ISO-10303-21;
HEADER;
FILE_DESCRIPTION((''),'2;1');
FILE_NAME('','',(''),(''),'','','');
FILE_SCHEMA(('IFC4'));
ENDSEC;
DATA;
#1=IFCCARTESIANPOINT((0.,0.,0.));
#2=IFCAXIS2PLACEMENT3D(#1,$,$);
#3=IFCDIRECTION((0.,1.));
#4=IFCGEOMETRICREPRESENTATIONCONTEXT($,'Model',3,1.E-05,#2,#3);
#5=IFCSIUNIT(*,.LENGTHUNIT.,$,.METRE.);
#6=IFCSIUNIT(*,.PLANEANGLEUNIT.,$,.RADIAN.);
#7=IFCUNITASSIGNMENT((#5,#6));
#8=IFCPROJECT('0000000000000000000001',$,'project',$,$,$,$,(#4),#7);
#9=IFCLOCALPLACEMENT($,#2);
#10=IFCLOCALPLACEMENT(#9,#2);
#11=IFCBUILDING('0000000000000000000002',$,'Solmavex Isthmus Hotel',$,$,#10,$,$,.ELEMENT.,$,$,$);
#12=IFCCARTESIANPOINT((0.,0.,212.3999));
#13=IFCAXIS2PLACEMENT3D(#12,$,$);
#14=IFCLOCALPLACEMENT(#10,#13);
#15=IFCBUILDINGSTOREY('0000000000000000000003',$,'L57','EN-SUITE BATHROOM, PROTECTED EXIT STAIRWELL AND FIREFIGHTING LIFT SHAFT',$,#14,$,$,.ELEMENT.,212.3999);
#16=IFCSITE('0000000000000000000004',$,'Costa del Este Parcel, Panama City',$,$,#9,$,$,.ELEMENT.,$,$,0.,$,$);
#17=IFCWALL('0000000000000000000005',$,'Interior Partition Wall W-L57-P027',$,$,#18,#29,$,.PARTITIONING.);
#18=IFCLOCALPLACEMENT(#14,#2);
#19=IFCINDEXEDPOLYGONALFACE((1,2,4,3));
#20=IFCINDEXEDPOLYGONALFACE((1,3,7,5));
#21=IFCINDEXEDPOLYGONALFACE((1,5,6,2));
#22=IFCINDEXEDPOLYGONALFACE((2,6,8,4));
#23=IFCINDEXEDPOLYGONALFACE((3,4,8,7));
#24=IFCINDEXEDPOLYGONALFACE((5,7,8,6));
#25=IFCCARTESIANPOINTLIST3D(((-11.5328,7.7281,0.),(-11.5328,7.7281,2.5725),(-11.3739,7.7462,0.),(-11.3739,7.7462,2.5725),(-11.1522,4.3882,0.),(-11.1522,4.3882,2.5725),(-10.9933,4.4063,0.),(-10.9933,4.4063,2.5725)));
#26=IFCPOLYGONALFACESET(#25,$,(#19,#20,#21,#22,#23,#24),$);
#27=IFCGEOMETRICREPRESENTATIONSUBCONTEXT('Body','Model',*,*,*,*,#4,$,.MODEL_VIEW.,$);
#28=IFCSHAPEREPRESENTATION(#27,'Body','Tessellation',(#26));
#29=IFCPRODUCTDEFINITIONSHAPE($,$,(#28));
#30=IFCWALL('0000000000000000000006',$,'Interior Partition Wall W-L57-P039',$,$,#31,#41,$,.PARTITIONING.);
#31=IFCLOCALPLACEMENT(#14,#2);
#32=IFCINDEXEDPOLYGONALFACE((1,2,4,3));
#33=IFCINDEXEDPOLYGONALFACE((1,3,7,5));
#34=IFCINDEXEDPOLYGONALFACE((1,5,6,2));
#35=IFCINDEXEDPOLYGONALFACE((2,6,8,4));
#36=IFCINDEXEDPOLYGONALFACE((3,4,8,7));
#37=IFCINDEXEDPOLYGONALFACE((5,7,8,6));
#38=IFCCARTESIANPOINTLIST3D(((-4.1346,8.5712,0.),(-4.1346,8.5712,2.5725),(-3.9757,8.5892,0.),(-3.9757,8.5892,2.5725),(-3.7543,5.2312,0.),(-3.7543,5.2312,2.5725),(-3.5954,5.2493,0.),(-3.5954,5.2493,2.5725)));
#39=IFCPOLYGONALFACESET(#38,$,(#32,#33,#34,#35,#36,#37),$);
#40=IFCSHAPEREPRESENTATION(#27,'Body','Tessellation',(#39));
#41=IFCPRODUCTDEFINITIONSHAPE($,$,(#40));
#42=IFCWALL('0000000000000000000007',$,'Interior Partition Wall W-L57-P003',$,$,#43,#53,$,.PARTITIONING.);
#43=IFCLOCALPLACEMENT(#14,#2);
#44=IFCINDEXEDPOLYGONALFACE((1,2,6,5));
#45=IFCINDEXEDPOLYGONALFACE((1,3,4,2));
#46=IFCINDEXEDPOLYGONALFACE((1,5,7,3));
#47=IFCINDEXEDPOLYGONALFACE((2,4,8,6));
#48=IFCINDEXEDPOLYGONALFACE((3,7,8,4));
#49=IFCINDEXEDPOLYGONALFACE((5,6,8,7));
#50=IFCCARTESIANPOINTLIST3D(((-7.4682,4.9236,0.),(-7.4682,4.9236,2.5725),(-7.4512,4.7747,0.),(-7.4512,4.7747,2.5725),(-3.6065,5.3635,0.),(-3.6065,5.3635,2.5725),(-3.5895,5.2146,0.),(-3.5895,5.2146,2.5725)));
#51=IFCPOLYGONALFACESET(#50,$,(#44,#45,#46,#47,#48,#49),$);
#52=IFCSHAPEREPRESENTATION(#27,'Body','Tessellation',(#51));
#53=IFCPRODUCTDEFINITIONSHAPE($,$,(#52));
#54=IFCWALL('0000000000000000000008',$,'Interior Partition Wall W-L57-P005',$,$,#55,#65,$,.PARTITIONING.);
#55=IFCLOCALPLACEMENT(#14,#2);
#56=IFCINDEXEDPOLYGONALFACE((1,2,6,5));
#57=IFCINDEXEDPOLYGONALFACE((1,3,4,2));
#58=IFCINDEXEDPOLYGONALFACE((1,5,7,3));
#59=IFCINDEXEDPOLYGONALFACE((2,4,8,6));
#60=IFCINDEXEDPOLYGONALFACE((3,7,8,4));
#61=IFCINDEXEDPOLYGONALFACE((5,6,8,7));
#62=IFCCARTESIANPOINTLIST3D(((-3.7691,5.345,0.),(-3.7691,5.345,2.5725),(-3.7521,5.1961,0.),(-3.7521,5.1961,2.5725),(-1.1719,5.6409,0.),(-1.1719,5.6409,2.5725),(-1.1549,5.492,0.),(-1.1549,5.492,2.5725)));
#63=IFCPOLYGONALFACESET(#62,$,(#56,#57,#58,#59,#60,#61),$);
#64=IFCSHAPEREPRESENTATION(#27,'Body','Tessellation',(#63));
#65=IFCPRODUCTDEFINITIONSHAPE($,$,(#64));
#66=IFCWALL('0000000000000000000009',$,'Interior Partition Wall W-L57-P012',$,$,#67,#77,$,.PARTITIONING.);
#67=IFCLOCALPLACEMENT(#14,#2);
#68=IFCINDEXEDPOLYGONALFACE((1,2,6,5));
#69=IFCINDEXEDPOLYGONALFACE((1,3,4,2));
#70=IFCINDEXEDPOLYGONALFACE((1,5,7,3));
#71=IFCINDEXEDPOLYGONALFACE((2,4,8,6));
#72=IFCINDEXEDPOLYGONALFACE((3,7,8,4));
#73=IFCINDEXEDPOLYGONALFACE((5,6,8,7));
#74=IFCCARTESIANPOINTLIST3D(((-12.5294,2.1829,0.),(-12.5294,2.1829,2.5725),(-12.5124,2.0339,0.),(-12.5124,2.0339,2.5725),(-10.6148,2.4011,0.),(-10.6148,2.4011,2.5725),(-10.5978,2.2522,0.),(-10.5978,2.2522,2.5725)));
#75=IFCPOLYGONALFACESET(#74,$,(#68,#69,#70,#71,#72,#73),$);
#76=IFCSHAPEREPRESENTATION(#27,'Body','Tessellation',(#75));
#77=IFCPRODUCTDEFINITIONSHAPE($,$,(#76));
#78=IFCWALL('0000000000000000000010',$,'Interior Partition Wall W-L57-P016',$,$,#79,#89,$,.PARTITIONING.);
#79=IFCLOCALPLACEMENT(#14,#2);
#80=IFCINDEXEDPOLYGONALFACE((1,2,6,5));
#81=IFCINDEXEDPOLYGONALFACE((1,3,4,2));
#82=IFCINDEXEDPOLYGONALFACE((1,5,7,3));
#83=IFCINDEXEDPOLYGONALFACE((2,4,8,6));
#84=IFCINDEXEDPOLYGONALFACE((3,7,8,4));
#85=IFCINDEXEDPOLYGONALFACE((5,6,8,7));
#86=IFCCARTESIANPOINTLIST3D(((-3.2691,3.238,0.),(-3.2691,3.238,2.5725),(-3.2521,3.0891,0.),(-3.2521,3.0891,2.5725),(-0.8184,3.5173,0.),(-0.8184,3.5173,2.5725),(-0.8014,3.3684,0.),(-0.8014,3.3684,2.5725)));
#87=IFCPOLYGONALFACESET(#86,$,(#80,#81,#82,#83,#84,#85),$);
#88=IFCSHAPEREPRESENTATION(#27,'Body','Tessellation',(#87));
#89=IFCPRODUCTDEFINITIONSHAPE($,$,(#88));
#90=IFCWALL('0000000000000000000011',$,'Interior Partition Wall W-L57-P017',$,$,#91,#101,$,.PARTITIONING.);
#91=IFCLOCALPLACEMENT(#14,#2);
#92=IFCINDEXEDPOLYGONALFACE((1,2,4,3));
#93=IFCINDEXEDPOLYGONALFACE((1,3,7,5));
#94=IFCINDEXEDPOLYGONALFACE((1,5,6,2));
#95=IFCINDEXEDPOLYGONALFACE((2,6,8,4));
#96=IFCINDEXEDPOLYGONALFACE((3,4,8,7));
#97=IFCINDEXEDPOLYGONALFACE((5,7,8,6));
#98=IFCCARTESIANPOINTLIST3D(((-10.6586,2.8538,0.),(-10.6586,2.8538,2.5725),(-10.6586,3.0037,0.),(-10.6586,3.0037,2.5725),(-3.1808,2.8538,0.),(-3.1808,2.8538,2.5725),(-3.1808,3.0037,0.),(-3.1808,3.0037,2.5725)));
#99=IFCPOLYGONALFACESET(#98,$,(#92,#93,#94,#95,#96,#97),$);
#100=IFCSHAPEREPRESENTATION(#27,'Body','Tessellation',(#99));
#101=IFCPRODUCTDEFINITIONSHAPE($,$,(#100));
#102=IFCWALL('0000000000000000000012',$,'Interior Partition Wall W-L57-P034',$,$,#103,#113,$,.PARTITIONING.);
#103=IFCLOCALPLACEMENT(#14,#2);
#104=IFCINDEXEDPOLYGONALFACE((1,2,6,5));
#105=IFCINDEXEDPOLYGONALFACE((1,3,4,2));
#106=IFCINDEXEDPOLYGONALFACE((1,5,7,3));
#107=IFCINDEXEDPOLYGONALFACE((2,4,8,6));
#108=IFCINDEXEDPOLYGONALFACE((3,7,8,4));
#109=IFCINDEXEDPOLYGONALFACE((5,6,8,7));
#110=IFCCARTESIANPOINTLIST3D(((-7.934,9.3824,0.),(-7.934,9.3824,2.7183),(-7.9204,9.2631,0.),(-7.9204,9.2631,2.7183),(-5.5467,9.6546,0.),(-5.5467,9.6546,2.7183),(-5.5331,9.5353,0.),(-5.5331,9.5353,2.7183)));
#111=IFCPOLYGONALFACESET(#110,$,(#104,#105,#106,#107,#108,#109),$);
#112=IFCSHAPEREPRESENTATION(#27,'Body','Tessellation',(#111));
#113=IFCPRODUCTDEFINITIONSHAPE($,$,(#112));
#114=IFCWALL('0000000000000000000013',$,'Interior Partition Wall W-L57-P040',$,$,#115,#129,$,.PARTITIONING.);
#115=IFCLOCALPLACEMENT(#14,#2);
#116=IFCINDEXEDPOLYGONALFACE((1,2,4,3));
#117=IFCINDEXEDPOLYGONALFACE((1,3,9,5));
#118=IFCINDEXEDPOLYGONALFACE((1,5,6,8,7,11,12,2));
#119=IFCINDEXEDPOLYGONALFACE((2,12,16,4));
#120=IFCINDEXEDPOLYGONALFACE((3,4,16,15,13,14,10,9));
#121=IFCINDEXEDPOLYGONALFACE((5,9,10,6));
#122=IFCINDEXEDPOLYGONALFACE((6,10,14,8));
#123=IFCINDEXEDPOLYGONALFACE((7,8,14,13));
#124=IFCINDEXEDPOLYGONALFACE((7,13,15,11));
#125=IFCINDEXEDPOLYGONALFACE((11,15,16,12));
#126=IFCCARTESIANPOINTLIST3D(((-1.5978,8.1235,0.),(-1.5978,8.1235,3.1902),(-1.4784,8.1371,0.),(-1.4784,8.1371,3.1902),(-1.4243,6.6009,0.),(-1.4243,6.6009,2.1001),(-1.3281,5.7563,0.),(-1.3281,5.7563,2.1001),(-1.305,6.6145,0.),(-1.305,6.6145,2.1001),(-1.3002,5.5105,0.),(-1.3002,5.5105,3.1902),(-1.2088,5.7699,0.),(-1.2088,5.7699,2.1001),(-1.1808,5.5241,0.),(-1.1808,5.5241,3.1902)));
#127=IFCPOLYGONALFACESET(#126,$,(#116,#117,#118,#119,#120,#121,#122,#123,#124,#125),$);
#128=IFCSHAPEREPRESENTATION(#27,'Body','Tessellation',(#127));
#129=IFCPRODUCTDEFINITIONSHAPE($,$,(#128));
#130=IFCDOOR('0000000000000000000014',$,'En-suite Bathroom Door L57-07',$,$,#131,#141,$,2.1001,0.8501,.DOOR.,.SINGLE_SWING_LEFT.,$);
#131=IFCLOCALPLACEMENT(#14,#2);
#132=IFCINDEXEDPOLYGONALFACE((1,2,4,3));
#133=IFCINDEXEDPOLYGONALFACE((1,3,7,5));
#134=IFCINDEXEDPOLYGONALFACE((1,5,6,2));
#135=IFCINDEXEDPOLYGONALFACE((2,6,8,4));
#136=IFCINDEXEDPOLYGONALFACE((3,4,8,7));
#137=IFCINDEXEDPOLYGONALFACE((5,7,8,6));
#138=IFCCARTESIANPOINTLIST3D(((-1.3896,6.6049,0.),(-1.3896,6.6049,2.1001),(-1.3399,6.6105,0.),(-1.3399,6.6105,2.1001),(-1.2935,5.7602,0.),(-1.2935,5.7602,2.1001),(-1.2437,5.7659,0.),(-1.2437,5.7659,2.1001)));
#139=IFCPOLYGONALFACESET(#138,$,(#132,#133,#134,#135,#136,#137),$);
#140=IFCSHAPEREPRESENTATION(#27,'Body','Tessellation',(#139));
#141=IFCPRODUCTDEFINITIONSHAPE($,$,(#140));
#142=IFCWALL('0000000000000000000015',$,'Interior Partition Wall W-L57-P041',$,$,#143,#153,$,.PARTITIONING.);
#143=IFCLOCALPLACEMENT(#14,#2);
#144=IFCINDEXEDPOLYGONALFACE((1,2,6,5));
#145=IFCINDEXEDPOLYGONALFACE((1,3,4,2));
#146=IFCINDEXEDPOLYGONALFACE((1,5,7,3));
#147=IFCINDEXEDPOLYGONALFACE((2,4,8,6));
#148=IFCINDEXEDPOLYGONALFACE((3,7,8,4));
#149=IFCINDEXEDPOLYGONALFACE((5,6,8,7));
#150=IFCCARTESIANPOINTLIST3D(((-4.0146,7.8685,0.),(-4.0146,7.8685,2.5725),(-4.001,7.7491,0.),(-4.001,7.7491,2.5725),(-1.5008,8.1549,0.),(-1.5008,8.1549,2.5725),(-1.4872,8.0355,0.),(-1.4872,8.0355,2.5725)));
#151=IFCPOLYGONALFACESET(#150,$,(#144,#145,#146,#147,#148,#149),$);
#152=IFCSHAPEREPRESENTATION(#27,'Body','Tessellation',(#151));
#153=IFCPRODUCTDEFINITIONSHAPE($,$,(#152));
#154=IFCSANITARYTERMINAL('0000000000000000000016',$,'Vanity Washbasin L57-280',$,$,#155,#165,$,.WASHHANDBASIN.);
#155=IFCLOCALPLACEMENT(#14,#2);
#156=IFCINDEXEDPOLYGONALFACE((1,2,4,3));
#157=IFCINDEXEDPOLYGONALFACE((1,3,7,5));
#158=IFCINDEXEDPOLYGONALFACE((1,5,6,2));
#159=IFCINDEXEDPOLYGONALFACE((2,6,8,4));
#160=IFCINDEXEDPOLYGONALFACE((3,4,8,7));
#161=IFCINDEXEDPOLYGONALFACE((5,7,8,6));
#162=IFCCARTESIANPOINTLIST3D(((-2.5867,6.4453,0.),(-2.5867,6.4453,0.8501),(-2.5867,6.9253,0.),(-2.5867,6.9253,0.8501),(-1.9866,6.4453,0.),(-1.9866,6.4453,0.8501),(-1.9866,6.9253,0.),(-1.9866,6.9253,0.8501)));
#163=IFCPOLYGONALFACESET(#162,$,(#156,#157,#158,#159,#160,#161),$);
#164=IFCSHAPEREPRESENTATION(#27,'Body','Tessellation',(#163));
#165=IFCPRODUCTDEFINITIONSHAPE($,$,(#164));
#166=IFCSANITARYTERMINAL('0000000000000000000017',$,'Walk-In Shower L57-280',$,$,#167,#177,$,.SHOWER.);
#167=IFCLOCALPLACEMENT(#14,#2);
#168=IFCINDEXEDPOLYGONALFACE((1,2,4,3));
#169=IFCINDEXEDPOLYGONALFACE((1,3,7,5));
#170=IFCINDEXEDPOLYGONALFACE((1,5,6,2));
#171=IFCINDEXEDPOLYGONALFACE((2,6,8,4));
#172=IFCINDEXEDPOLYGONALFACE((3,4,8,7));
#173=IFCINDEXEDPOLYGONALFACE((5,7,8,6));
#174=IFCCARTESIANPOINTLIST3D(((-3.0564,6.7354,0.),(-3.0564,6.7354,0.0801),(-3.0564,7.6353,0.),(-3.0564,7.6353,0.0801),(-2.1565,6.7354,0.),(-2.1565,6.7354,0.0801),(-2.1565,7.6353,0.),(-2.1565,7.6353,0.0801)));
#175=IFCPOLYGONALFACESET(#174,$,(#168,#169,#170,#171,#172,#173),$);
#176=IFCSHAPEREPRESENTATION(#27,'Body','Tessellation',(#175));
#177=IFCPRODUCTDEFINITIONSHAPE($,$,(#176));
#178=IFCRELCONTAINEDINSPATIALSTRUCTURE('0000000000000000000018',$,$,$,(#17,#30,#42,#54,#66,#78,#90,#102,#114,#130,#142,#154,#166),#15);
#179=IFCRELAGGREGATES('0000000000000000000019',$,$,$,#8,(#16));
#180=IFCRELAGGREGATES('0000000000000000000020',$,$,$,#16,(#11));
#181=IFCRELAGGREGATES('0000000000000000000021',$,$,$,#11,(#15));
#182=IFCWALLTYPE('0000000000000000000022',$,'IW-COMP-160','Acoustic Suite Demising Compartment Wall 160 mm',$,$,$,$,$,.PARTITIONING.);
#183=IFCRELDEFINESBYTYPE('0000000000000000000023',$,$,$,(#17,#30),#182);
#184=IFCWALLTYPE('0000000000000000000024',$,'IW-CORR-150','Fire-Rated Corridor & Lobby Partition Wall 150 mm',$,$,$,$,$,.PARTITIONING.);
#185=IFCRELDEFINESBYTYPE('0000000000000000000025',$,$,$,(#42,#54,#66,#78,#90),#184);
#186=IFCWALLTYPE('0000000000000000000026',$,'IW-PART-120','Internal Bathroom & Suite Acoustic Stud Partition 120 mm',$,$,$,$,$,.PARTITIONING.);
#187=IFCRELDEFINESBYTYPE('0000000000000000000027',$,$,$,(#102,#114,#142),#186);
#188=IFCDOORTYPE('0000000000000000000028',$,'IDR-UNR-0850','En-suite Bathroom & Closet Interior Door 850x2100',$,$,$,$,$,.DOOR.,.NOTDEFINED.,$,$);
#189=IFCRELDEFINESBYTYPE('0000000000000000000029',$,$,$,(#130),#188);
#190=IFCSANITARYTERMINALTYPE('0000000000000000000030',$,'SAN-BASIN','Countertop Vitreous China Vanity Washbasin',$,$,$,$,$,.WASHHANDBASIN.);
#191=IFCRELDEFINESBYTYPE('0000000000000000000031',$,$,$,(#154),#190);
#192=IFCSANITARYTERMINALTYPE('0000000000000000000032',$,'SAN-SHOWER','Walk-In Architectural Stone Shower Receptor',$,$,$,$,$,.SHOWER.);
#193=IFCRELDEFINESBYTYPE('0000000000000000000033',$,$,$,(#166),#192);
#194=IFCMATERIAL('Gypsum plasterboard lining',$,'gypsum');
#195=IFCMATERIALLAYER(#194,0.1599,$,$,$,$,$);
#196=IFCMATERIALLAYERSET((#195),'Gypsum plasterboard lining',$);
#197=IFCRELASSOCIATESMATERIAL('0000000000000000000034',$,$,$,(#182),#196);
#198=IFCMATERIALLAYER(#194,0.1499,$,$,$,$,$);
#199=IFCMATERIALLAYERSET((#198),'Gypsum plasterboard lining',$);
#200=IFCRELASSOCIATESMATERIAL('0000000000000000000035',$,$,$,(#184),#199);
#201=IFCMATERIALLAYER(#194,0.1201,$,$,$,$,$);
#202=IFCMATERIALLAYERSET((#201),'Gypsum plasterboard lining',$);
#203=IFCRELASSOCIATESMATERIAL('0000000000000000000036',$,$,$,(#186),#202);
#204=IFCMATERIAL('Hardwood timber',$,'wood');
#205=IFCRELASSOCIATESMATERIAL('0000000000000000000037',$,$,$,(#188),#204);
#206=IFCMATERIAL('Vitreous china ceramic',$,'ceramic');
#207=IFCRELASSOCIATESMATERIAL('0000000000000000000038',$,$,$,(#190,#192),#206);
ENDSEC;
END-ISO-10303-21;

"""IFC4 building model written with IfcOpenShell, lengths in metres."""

from ifc_helpers import new_model, si_unit, direction, frame, frame_2d, origin, origin_2d, place, context, subcontext, project, spatial, rectangle, extrude, material, layer, layer_set, type_object, element, fill, save


model = new_model("IFC4")

# Units and contexts
model_context = context("Model", 3, precision=1e-05, world=origin(), true_north=direction((0.0, 1.0)))
body_context = subcontext(model_context, "Body", "Model", "MODEL_VIEW")
ifc_project = project(units=[si_unit("LENGTHUNIT", "METRE"), si_unit("PLANEANGLEUNIT", "RADIAN")], contexts=[model_context])

# Site, building, storey
site_placement = place(None, origin())
site = spatial("IfcSite", under=ifc_project, at=site_placement, Name="Costa del Este Parcel, Panama City", CompositionType="ELEMENT", RefElevation=0.0)
building_placement = place(site_placement, origin())
building = spatial("IfcBuilding", under=site, at=building_placement, Name="Solmavex Isthmus Hotel", CompositionType="ELEMENT")
storey_placement = place(building_placement, frame((0.0, 0.0, 212.3999)))
storey = spatial("IfcBuildingStorey", under=building, at=storey_placement, Name="L57", Description="EN-SUITE BATHROOM, PROTECTED EXIT STAIRWELL AND FIREFIGHTING LIFT SHAFT", CompositionType="ELEMENT", Elevation=212.3999)

# Wall
ifc_material_1 = material(Name="Gypsum plasterboard lining", Category="gypsum")
ifc_layer_1 = layer(ifc_material_1, 0.1599)
ifc_layer_set_1 = layer_set([ifc_layer_1], Name="Gypsum plasterboard lining")
wall_type_1 = type_object("IfcWallType", Name="IW-COMP-160", Description="Acoustic Suite Demising Compartment Wall 160 mm", PredefinedType="PARTITIONING", material=ifc_layer_set_1)
wall_1_placement = place(storey_placement, frame((-11.4534, 7.7371, 0.0), z_axis=(0.0, 0.0, 1.0), x_axis=(0.113229, -0.993569, 0.0)))
element("IfcWall", 1, at=wall_1_placement, inside=storey, type_object=wall_type_1, Name="Interior Partition Wall W-L57-P027", PredefinedType="PARTITIONING", context=body_context, shape_type="SweptSolid", body=[
    extrude(rectangle(XDim=3.3616, YDim=0.1599, at=frame_2d((1.6807, 0.0))), origin(), (0.0, 0.0, 1.0), 2.5725),
])

# Shared definitions
ifc_material_2 = material(Name="Hardwood timber", Category="wood")

# Wall
wall_2_placement = place(storey_placement, frame((-4.0552, 8.5801, 0.0), z_axis=(0.0, 0.0, 1.0), x_axis=(0.113149, -0.993578, 0.0)))
element("IfcWall", 2, at=wall_2_placement, inside=storey, type_object=wall_type_1, Name="Interior Partition Wall W-L57-P039", PredefinedType="PARTITIONING", context=body_context, shape_type="SweptSolid", body=[
    extrude(rectangle(XDim=3.3616, YDim=0.1599, at=frame_2d((1.6807, 0.0))), origin(), (0.0, 0.0, 1.0), 2.5725),
])

# Shared definitions
ifc_layer_2 = layer(ifc_material_1, 0.1499)
ifc_layer_set_2 = layer_set([ifc_layer_2], Name="Gypsum plasterboard lining")
wall_type_2 = type_object("IfcWallType", Name="IW-CORR-150", Description="Fire-Rated Corridor & Lobby Partition Wall 150 mm", PredefinedType="PARTITIONING", material=ifc_layer_set_2)

# Wall
wall_3_placement = place(storey_placement, frame((-7.4597, 4.8491, 0.0), z_axis=(0.0, 0.0, 1.0), x_axis=(0.993574, 0.113189, 0.0)))
element("IfcWall", 3, at=wall_3_placement, inside=storey, type_object=wall_type_2, Name="Interior Partition Wall W-L57-P003", PredefinedType="PARTITIONING", context=body_context, shape_type="SweptSolid", body=[
    extrude(rectangle(XDim=3.8867, YDim=0.1499, at=frame_2d((1.9434, 0.0))), origin(), (0.0, 0.0, 1.0), 2.5725),
])

# Walls
wall_4_placement = place(storey_placement, frame((-3.7607, 5.2705, 0.0), z_axis=(0.0, 0.0, 1.0), x_axis=(0.993572, 0.113199, 0.0)))
element("IfcWall", 4, at=wall_4_placement, inside=storey, type_object=wall_type_2, Name="Interior Partition Wall W-L57-P005", PredefinedType="PARTITIONING", context=body_context, shape_type="SweptSolid", body=[
    extrude(rectangle(XDim=2.614, YDim=0.1499, at=frame_2d((1.3071, 0.0))), origin(), (0.0, 0.0, 1.0), 2.5725),
])
wall_5_placement = place(storey_placement, frame((-10.6064, 2.3267, 0.0), z_axis=(0.0, 0.0, 1.0), x_axis=(-0.993564, -0.113268, 0.0)))
element("IfcWall", 5, at=wall_5_placement, inside=storey, type_object=wall_type_2, Name="Interior Partition Wall W-L57-P012", PredefinedType="PARTITIONING", context=body_context, shape_type="SweptSolid", body=[
    extrude(rectangle(XDim=1.927, YDim=0.1499, at=frame_2d((0.9634, 0.0))), origin(), (0.0, 0.0, 1.0), 2.5725),
])
wall_6_placement = place(storey_placement, frame((-0.8098, 3.4429, 0.0), z_axis=(0.0, 0.0, 1.0), x_axis=(-0.993568, -0.113234, 0.0)))
element("IfcWall", 6, at=wall_6_placement, inside=storey, type_object=wall_type_2, Name="Interior Partition Wall W-L57-P016", PredefinedType="PARTITIONING", context=body_context, shape_type="SweptSolid", body=[
    extrude(rectangle(XDim=2.4666, YDim=0.1499, at=frame_2d((1.2334, 0.0))), origin(), (0.0, 0.0, 1.0), 2.5725),
])
wall_7_placement = place(storey_placement, frame((-3.1809, 2.9287, 0.0), z_axis=(0.0, 0.0, 1.0), x_axis=(-1.0, 0.0, 0.0)))
element("IfcWall", 7, at=wall_7_placement, inside=storey, type_object=wall_type_2, Name="Interior Partition Wall W-L57-P017", PredefinedType="PARTITIONING", context=body_context, shape_type="SweptSolid", body=[
    extrude(rectangle(XDim=7.4778, YDim=0.1499, at=frame_2d((3.7388, 0.0))), origin(), (0.0, 0.0, 1.0), 2.5725),
])
ifc_layer_3 = layer(ifc_material_1, 0.1201)
ifc_layer_set_3 = layer_set([ifc_layer_3], Name="Gypsum plasterboard lining")
wall_type_3 = type_object("IfcWallType", Name="IW-PART-120", Description="Internal Bathroom & Suite Acoustic Stud Partition 120 mm", PredefinedType="PARTITIONING", material=ifc_layer_set_3)
wall_8_placement = place(storey_placement, frame((-7.9272, 9.3228, 0.0), z_axis=(0.0, 0.0, 1.0), x_axis=(0.993562, 0.113286, 0.0)))
element("IfcWall", 8, at=wall_8_placement, inside=storey, type_object=wall_type_3, Name="Interior Partition Wall W-L57-P034", PredefinedType="PARTITIONING", context=body_context, shape_type="SweptSolid", body=[
    extrude(rectangle(XDim=2.4028, YDim=0.1201, at=frame_2d((1.2014, 0.0))), origin(), (0.0, 0.0, 1.0), 2.7183),
])

# Wall, opening, door
wall_9_placement = place(storey_placement, frame((-1.2405, 5.5173, 0.0), z_axis=(0.0, 0.0, 1.0), x_axis=(-0.113162, 0.993577, 0.0)))
wall_9 = element("IfcWall", 9, at=wall_9_placement, inside=storey, type_object=wall_type_3, Name="Interior Partition Wall W-L57-P040", PredefinedType="PARTITIONING", context=body_context, shape_type="SweptSolid", body=[
    extrude(rectangle(XDim=2.6299, YDim=0.1201, at=frame_2d((1.3149, 0.0))), origin(), (0.0, 0.0, 1.0), 3.1902),
])
opening_1_placement = place(wall_9_placement, frame((0.2473, 0.0, 0.0)))
opening_1 = element("IfcOpeningElement", 10, at=opening_1_placement, cuts=wall_9, PredefinedType="OPENING", context=body_context, shape_type="SweptSolid", body=[
    extrude(rectangle(XDim=0.8501, YDim=2.1001, at=frame_2d((0.425, 1.05))), frame((0.0, 0.0701, 0.0), z_axis=(0.0, -1.0, 0.0), x_axis=(1.0, 0.0, 0.0)), (0.0, 0.0, 1.0), 0.1401),
])
door_type_1 = type_object("IfcDoorType", Name="IDR-UNR-0850", Description="En-suite Bathroom & Closet Interior Door 850x2100", OperationType="NOTDEFINED", PredefinedType="DOOR", material=ifc_material_2)
door_1_placement = place(opening_1_placement, frame((0.8501, 0.0, 0.0), z_axis=(0.0, 0.0, 1.0), x_axis=(-1.0, 0.0, 0.0)))
door_1 = element("IfcDoor", 11, at=door_1_placement, inside=storey, type_object=door_type_1, Name="En-suite Bathroom Door L57-07", OperationType="SINGLE_SWING_LEFT", OverallHeight=2.1001, OverallWidth=0.8501, PredefinedType="DOOR", context=body_context, shape_type="SweptSolid", body=[
    extrude(rectangle(XDim=0.8501, YDim=2.1001, at=frame_2d((0.425, 1.05))), frame((0.0, 0.0249, 0.0), z_axis=(0.0, -1.0, 0.0), x_axis=(1.0, 0.0, 0.0)), (0.0, 0.0, 1.0), 0.05),
])
fill(opening_1, door_1)

# Wall
wall_10_placement = place(storey_placement, frame((-1.4939, 8.0952, 0.0), z_axis=(0.0, 0.0, 1.0), x_axis=(-0.993573, -0.113195, 0.0)))
element("IfcWall", 12, at=wall_10_placement, inside=storey, type_object=wall_type_3, Name="Interior Partition Wall W-L57-P041", PredefinedType="PARTITIONING", context=body_context, shape_type="SweptSolid", body=[
    extrude(rectangle(XDim=2.53, YDim=0.1201, at=frame_2d((1.2651, 0.0))), origin(), (0.0, 0.0, 1.0), 2.5725),
])

# Sanitary terminals
ifc_material_3 = material(Name="Vitreous china ceramic", Category="ceramic")
sanitary_terminal_type_1 = type_object("IfcSanitaryTerminalType", Name="SAN-BASIN", Description="Countertop Vitreous China Vanity Washbasin", PredefinedType="WASHHANDBASIN", material=ifc_material_3)
sanitary_terminal_1_placement = place(storey_placement, frame((-2.2866, 6.6853, 0.0), z_axis=(0.0, 0.0, 1.0), x_axis=(1.0, 0.0, 0.0)))
element("IfcSanitaryTerminal", 13, at=sanitary_terminal_1_placement, inside=storey, type_object=sanitary_terminal_type_1, Name="Vanity Washbasin L57-280", PredefinedType="WASHHANDBASIN", context=body_context, shape_type="SweptSolid", body=[
    extrude(rectangle(XDim=0.6001, YDim=0.48, at=origin_2d()), origin(), (0.0, 0.0, 1.0), 0.8501),
])
sanitary_terminal_type_2 = type_object("IfcSanitaryTerminalType", Name="SAN-SHOWER", Description="Walk-In Architectural Stone Shower Receptor", PredefinedType="SHOWER", material=ifc_material_3)
sanitary_terminal_2_placement = place(storey_placement, frame((-2.6064, 7.1853, 0.0), z_axis=(0.0, 0.0, 1.0), x_axis=(1.0, 0.0, 0.0)))
element("IfcSanitaryTerminal", 14, at=sanitary_terminal_2_placement, inside=storey, type_object=sanitary_terminal_type_2, Name="Walk-In Shower L57-280", PredefinedType="SHOWER", context=body_context, shape_type="SweptSolid", body=[
    extrude(rectangle(XDim=0.8999, YDim=0.8999, at=origin_2d()), origin(), (0.0, 0.0, 1.0), 0.0801),
])

save(model, "model.ifc")
